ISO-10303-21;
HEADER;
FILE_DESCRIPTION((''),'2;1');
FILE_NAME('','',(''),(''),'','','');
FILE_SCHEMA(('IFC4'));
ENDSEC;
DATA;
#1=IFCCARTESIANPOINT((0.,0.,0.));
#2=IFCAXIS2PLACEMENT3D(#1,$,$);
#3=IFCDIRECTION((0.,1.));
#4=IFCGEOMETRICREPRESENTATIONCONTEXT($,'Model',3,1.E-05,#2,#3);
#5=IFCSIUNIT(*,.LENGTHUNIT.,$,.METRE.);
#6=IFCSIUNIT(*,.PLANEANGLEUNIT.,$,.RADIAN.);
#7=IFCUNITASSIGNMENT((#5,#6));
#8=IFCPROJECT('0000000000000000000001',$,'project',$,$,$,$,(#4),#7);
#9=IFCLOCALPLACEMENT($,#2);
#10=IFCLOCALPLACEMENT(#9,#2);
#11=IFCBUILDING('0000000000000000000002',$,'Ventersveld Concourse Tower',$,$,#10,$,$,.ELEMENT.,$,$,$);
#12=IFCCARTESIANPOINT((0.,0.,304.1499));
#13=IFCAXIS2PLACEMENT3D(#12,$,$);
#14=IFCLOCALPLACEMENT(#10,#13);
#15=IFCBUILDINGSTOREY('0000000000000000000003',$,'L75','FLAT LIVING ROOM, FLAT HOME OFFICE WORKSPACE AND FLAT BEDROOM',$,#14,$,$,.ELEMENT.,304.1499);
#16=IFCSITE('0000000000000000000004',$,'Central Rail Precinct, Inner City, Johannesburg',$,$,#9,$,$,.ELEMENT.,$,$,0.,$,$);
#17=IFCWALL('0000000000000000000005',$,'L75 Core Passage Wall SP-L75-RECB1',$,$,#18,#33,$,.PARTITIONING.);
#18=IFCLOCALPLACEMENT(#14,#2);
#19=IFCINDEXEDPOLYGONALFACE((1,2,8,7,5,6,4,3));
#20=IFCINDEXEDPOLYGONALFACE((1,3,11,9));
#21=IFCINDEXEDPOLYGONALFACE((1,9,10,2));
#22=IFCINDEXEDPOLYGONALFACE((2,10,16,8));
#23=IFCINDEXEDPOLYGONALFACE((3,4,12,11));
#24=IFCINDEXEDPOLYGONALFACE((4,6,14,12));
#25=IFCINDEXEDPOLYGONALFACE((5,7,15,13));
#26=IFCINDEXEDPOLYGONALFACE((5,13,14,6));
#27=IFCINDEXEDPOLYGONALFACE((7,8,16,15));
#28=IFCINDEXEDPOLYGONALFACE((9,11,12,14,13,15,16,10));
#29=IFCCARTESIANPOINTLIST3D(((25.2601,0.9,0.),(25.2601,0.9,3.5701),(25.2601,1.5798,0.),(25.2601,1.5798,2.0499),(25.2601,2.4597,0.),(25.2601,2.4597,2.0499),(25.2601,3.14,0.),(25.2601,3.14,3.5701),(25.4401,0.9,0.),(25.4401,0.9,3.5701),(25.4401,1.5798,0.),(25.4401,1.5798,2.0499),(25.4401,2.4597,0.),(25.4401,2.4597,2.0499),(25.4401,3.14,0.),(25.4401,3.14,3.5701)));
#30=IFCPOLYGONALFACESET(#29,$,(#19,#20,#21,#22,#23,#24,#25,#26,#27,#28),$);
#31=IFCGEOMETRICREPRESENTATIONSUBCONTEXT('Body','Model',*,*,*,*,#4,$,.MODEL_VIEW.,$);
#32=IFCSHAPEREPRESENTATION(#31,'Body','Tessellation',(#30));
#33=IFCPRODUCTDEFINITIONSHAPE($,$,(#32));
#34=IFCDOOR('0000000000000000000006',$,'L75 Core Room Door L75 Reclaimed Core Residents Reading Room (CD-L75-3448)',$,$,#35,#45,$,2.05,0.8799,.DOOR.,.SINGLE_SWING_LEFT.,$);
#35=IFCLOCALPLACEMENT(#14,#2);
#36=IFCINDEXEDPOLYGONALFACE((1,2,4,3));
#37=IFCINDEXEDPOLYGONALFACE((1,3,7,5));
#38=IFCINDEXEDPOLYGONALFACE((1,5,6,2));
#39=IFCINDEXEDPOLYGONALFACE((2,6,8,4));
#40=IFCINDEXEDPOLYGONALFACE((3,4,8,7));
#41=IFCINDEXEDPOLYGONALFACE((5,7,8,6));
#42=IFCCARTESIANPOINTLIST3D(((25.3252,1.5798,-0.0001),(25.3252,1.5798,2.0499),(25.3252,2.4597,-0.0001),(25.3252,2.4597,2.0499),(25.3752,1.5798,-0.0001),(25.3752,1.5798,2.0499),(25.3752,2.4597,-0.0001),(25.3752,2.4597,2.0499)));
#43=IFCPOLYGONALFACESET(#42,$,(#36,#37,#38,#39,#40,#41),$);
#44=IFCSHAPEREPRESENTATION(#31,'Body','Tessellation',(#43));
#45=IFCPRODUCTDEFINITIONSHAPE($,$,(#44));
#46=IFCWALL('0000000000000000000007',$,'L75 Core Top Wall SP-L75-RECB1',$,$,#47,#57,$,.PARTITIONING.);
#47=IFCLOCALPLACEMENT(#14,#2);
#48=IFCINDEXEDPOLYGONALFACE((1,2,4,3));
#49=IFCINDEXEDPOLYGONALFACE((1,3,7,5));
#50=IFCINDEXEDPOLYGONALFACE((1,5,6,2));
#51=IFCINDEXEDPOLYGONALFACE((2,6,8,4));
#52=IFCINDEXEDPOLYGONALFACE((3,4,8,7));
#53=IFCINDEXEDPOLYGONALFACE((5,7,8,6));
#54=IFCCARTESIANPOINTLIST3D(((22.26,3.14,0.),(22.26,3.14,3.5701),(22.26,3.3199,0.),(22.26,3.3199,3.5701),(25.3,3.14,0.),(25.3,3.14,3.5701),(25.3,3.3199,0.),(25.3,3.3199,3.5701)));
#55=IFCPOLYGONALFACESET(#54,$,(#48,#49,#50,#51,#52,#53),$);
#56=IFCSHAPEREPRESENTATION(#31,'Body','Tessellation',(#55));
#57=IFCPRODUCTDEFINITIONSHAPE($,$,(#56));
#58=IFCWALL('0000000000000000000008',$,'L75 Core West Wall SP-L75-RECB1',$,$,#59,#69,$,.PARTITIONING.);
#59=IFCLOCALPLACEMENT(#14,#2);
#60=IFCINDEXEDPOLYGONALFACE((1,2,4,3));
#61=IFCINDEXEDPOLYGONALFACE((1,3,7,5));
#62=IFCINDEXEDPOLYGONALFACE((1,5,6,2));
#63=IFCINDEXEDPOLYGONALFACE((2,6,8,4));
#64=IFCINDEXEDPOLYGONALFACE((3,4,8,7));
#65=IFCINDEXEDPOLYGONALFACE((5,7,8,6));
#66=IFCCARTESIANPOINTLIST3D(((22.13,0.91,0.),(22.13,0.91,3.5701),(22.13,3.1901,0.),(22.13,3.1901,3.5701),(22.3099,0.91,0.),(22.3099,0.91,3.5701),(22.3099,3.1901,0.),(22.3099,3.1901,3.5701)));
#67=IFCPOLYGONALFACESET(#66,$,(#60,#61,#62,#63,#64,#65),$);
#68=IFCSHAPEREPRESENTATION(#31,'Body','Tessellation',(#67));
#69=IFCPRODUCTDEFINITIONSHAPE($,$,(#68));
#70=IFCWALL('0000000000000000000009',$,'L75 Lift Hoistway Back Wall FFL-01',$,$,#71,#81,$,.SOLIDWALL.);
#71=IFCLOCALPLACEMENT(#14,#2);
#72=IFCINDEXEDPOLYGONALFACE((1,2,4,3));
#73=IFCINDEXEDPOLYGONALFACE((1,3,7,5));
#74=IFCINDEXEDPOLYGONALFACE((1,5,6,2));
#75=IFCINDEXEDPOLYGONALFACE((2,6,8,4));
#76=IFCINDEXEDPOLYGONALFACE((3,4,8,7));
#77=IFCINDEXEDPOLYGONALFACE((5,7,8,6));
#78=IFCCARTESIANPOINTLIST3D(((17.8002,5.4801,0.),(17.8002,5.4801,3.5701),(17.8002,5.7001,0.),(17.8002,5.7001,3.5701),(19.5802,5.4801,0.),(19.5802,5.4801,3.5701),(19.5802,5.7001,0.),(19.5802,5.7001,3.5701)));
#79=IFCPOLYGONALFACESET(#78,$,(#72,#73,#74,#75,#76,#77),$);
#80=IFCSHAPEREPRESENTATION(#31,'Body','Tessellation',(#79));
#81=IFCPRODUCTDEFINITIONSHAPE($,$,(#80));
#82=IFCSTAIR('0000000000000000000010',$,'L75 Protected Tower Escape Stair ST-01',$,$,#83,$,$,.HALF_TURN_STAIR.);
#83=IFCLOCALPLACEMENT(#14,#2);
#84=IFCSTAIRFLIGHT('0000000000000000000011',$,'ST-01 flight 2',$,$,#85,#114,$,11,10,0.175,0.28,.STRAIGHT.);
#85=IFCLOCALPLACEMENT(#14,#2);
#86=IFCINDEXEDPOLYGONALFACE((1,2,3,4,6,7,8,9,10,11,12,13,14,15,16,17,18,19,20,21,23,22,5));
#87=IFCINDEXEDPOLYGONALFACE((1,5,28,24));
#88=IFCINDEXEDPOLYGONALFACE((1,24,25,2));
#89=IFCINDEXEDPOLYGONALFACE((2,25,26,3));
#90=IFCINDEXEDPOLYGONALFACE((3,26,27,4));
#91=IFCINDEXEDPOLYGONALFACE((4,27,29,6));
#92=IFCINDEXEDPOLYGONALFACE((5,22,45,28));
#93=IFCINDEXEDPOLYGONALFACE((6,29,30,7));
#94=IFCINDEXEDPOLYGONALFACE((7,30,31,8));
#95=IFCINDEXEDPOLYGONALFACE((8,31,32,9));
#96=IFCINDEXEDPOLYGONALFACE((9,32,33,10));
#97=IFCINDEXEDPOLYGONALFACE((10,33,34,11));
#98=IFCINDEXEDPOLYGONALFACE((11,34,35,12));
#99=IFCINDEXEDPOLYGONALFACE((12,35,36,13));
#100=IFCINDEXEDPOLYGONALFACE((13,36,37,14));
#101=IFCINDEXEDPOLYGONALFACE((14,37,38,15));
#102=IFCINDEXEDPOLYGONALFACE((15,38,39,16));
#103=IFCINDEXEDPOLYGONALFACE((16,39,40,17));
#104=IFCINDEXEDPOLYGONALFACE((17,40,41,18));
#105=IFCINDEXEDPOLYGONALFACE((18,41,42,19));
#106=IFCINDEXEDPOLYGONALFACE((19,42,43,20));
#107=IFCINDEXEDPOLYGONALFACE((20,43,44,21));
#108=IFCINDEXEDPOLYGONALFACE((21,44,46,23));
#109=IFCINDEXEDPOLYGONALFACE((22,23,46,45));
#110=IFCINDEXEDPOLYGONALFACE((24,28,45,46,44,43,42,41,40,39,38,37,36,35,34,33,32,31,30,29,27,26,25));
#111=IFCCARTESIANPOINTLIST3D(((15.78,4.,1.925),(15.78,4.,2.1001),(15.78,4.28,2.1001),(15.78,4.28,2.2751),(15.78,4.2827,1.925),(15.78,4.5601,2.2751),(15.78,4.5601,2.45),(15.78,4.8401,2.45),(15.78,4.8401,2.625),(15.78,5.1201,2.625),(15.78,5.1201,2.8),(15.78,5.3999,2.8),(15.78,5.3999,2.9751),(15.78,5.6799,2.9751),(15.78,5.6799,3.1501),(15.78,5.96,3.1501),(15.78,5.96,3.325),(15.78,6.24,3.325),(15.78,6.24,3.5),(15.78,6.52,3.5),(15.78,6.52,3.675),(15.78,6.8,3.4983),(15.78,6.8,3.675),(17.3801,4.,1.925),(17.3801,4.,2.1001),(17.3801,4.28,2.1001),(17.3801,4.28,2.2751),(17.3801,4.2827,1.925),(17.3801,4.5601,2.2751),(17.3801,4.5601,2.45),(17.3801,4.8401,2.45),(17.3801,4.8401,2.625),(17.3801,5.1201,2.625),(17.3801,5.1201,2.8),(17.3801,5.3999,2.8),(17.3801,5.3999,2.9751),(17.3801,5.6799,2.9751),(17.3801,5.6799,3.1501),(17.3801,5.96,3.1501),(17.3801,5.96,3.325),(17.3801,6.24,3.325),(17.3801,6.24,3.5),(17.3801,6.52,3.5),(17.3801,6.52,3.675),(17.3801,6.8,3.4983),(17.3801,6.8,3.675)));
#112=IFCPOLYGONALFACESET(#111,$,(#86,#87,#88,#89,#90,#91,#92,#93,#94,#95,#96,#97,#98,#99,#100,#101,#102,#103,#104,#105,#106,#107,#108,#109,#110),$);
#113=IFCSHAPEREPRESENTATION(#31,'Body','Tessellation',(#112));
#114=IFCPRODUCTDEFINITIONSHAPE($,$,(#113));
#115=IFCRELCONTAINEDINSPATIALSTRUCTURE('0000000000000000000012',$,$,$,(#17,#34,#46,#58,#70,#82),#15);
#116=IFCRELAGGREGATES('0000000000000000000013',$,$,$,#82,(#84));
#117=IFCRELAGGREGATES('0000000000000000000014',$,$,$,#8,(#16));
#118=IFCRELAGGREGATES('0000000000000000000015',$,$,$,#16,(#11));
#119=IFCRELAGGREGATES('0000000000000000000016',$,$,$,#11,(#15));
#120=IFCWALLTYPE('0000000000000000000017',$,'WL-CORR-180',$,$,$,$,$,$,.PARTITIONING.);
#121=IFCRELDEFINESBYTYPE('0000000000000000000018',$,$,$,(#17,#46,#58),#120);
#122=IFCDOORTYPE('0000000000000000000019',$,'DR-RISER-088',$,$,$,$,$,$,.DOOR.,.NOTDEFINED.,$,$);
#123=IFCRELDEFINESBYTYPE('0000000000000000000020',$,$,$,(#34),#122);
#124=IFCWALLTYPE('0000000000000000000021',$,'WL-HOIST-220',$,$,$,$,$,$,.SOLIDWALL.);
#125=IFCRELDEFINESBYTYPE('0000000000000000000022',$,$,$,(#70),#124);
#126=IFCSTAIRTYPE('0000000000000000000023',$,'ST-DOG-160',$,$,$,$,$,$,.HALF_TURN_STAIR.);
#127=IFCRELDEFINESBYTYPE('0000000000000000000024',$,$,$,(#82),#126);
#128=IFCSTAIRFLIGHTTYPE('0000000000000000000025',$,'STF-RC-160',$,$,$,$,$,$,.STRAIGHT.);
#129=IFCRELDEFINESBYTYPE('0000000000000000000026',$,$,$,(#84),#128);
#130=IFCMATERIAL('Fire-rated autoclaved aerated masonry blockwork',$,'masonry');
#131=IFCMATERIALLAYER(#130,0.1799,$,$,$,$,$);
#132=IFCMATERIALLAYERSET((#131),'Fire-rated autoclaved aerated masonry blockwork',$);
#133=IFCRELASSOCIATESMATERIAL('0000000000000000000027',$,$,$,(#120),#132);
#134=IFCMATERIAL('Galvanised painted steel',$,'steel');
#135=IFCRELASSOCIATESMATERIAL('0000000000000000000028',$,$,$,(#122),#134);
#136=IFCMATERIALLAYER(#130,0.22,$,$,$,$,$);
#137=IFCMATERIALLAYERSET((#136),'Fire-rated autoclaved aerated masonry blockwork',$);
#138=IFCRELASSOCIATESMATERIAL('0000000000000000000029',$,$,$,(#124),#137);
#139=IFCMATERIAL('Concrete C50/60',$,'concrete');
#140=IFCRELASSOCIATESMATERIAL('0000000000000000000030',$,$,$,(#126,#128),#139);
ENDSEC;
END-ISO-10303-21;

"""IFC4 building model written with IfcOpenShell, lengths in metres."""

from ifc_helpers import new_model, si_unit, direction, frame, frame_2d, origin, place, context, subcontext, project, spatial, polyline, rectangle, outline, extrude, material, layer, layer_set, type_object, element, fill, aggregate, save


model = new_model("IFC4")

# Units and contexts
model_context = context("Model", 3, precision=1e-05, world=origin(), true_north=direction((0.0, 1.0)))
body_context = subcontext(model_context, "Body", "Model", "MODEL_VIEW")
ifc_project = project(units=[si_unit("LENGTHUNIT", "METRE"), si_unit("PLANEANGLEUNIT", "RADIAN")], contexts=[model_context])

# Site, building, storey
site_placement = place(None, origin())
site = spatial("IfcSite", under=ifc_project, at=site_placement, Name="Central Rail Precinct, Inner City, Johannesburg", CompositionType="ELEMENT", RefElevation=0.0)
building_placement = place(site_placement, origin())
building = spatial("IfcBuilding", under=site, at=building_placement, Name="Ventersveld Concourse Tower", CompositionType="ELEMENT")
storey_placement = place(building_placement, frame((0.0, 0.0, 304.1499)))
storey = spatial("IfcBuildingStorey", under=building, at=storey_placement, Name="L75", Description="FLAT LIVING ROOM, FLAT HOME OFFICE WORKSPACE AND FLAT BEDROOM", CompositionType="ELEMENT", Elevation=304.1499)

# Shared definitions
ifc_material_1 = material(Name="Concrete C50/60", Category="concrete")

# Wall, opening, door
ifc_material_2 = material(Name="Fire-rated autoclaved aerated masonry blockwork", Category="masonry")
ifc_layer_1 = layer(ifc_material_2, 0.1799)
ifc_layer_set_1 = layer_set([ifc_layer_1], Name="Fire-rated autoclaved aerated masonry blockwork")
wall_type_1 = type_object("IfcWallType", Name="WL-CORR-180", PredefinedType="PARTITIONING", material=ifc_layer_set_1)
wall_1_placement = place(storey_placement, frame((25.3501, 0.8999, 0.0), z_axis=(0.0, 0.0, 1.0), x_axis=(0.0, 1.0, 0.0)))
wall_1 = element("IfcWall", 1, at=wall_1_placement, inside=storey, type_object=wall_type_1, Name="L75 Core Passage Wall SP-L75-RECB1", PredefinedType="PARTITIONING", context=body_context, shape_type="SweptSolid", body=[
    extrude(rectangle(XDim=2.24, YDim=0.1799, at=frame_2d((1.1201, 0.0))), origin(), (0.0, 0.0, 1.0), 3.5701),
])
opening_placement = place(wall_1_placement, frame((0.6799, 0.0, 0.0)))
opening = element("IfcOpeningElement", 2, at=opening_placement, cuts=wall_1, PredefinedType="OPENING", context=body_context, shape_type="SweptSolid", body=[
    extrude(rectangle(XDim=0.8799, YDim=2.05, at=frame_2d((0.4399, 1.0249))), frame((0.0, 0.1001, 0.0), z_axis=(0.0, -1.0, 0.0), x_axis=(1.0, 0.0, 0.0)), (0.0, 0.0, 1.0), 0.2),
])
ifc_material_3 = material(Name="Galvanised painted steel", Category="steel")
door_type = type_object("IfcDoorType", Name="DR-RISER-088", OperationType="NOTDEFINED", PredefinedType="DOOR", material=ifc_material_3)
door_placement = place(opening_placement, origin())
door = element("IfcDoor", 3, at=door_placement, inside=storey, type_object=door_type, Name="L75 Core Room Door L75 Reclaimed Core Residents Reading Room (CD-L75-3448)", OperationType="SINGLE_SWING_LEFT", OverallHeight=2.05, OverallWidth=0.8799, PredefinedType="DOOR", context=body_context, shape_type="SweptSolid", body=[
    extrude(rectangle(XDim=0.8799, YDim=2.05, at=frame_2d((0.4399, 1.0249))), frame((0.0, 0.0249, 0.0), z_axis=(0.0, -1.0, 0.0), x_axis=(1.0, 0.0, 0.0)), (0.0, 0.0, 1.0), 0.05),
])
fill(opening, door)

# Walls
wall_2_placement = place(storey_placement, frame((22.26, 3.23, 0.0), z_axis=(0.0, 0.0, 1.0), x_axis=(1.0, 0.0, 0.0)))
element("IfcWall", 4, at=wall_2_placement, inside=storey, type_object=wall_type_1, Name="L75 Core Top Wall SP-L75-RECB1", PredefinedType="PARTITIONING", context=body_context, shape_type="SweptSolid", body=[
    extrude(rectangle(XDim=3.04, YDim=0.1799, at=frame_2d((1.52, 0.0))), origin(), (0.0, 0.0, 1.0), 3.5701),
])
wall_3_placement = place(storey_placement, frame((22.22, 0.9099, 0.0), z_axis=(0.0, 0.0, 1.0), x_axis=(0.0, 1.0, 0.0)))
element("IfcWall", 5, at=wall_3_placement, inside=storey, type_object=wall_type_1, Name="L75 Core West Wall SP-L75-RECB1", PredefinedType="PARTITIONING", context=body_context, shape_type="SweptSolid", body=[
    extrude(rectangle(XDim=2.28, YDim=0.1799, at=frame_2d((1.1401, 0.0))), origin(), (0.0, 0.0, 1.0), 3.5701),
])
ifc_layer_2 = layer(ifc_material_2, 0.22)
ifc_layer_set_2 = layer_set([ifc_layer_2], Name="Fire-rated autoclaved aerated masonry blockwork")
wall_type_2 = type_object("IfcWallType", Name="WL-HOIST-220", PredefinedType="SOLIDWALL", material=ifc_layer_set_2)
wall_4_placement = place(storey_placement, frame((17.8, 5.5901, 0.0), z_axis=(0.0, 0.0, 1.0), x_axis=(1.0, 0.0, 0.0)))
element("IfcWall", 6, at=wall_4_placement, inside=storey, type_object=wall_type_2, Name="L75 Lift Hoistway Back Wall FFL-01", PredefinedType="SOLIDWALL", context=body_context, shape_type="SweptSolid", body=[
    extrude(rectangle(XDim=1.78, YDim=0.22, at=frame_2d((0.8901, 0.0))), origin(), (0.0, 0.0, 1.0), 3.5701),
])

# Stair, stair flight
stair_type = type_object("IfcStairType", Name="ST-DOG-160", PredefinedType="HALF_TURN_STAIR", material=ifc_material_1)
stair_placement = place(storey_placement, origin())
stair = element("IfcStair", 7, at=stair_placement, inside=storey, type_object=stair_type, Name="L75 Protected Tower Escape Stair ST-01", PredefinedType="HALF_TURN_STAIR")
stair_flight_type = type_object("IfcStairFlightType", Name="STF-RC-160", PredefinedType="STRAIGHT", material=ifc_material_1)
stair_flight_placement = place(storey_placement, frame((16.5801, 4.0, 1.925), z_axis=(0.0, 0.0, 1.0), x_axis=(0.0, 1.0, 0.0)))
stair_flight = element("IfcStairFlight", 8, at=stair_flight_placement, type_object=stair_flight_type, Name="ST-01 flight 2", NumberOfRisers=11, NumberOfTreads=10, PredefinedType="STRAIGHT", RiserHeight=0.175, TreadLength=0.28, context=body_context, shape_type="SweptSolid", body=[
    extrude(outline(polyline([(0.0, 0.0), (0.0, 0.175), (0.28, 0.175), (0.28, 0.3501), (0.5601, 0.3501), (0.5601, 0.5249), (0.8401, 0.5249), (0.8401, 0.7), (1.1201, 0.7), (1.1201, 0.875), (1.3999, 0.875), (1.3999, 1.05), (1.6799, 1.05), (1.6799, 1.2251), (1.96, 1.2251), (1.96, 1.3999), (2.24, 1.3999), (2.24, 1.575), (2.52, 1.575), (2.52, 1.75), (2.8, 1.75), (2.8, 1.925), (2.8, 1.5732), (0.2827, 0.0), (0.0, 0.0)])), frame((0.0, 0.8, 0.0), z_axis=(0.0, -1.0, 0.0), x_axis=(1.0, 0.0, 0.0)), (0.0, 0.0, 1.0), 1.6001),
])
aggregate(stair, [stair_flight])

save(model, "model.ifc")
